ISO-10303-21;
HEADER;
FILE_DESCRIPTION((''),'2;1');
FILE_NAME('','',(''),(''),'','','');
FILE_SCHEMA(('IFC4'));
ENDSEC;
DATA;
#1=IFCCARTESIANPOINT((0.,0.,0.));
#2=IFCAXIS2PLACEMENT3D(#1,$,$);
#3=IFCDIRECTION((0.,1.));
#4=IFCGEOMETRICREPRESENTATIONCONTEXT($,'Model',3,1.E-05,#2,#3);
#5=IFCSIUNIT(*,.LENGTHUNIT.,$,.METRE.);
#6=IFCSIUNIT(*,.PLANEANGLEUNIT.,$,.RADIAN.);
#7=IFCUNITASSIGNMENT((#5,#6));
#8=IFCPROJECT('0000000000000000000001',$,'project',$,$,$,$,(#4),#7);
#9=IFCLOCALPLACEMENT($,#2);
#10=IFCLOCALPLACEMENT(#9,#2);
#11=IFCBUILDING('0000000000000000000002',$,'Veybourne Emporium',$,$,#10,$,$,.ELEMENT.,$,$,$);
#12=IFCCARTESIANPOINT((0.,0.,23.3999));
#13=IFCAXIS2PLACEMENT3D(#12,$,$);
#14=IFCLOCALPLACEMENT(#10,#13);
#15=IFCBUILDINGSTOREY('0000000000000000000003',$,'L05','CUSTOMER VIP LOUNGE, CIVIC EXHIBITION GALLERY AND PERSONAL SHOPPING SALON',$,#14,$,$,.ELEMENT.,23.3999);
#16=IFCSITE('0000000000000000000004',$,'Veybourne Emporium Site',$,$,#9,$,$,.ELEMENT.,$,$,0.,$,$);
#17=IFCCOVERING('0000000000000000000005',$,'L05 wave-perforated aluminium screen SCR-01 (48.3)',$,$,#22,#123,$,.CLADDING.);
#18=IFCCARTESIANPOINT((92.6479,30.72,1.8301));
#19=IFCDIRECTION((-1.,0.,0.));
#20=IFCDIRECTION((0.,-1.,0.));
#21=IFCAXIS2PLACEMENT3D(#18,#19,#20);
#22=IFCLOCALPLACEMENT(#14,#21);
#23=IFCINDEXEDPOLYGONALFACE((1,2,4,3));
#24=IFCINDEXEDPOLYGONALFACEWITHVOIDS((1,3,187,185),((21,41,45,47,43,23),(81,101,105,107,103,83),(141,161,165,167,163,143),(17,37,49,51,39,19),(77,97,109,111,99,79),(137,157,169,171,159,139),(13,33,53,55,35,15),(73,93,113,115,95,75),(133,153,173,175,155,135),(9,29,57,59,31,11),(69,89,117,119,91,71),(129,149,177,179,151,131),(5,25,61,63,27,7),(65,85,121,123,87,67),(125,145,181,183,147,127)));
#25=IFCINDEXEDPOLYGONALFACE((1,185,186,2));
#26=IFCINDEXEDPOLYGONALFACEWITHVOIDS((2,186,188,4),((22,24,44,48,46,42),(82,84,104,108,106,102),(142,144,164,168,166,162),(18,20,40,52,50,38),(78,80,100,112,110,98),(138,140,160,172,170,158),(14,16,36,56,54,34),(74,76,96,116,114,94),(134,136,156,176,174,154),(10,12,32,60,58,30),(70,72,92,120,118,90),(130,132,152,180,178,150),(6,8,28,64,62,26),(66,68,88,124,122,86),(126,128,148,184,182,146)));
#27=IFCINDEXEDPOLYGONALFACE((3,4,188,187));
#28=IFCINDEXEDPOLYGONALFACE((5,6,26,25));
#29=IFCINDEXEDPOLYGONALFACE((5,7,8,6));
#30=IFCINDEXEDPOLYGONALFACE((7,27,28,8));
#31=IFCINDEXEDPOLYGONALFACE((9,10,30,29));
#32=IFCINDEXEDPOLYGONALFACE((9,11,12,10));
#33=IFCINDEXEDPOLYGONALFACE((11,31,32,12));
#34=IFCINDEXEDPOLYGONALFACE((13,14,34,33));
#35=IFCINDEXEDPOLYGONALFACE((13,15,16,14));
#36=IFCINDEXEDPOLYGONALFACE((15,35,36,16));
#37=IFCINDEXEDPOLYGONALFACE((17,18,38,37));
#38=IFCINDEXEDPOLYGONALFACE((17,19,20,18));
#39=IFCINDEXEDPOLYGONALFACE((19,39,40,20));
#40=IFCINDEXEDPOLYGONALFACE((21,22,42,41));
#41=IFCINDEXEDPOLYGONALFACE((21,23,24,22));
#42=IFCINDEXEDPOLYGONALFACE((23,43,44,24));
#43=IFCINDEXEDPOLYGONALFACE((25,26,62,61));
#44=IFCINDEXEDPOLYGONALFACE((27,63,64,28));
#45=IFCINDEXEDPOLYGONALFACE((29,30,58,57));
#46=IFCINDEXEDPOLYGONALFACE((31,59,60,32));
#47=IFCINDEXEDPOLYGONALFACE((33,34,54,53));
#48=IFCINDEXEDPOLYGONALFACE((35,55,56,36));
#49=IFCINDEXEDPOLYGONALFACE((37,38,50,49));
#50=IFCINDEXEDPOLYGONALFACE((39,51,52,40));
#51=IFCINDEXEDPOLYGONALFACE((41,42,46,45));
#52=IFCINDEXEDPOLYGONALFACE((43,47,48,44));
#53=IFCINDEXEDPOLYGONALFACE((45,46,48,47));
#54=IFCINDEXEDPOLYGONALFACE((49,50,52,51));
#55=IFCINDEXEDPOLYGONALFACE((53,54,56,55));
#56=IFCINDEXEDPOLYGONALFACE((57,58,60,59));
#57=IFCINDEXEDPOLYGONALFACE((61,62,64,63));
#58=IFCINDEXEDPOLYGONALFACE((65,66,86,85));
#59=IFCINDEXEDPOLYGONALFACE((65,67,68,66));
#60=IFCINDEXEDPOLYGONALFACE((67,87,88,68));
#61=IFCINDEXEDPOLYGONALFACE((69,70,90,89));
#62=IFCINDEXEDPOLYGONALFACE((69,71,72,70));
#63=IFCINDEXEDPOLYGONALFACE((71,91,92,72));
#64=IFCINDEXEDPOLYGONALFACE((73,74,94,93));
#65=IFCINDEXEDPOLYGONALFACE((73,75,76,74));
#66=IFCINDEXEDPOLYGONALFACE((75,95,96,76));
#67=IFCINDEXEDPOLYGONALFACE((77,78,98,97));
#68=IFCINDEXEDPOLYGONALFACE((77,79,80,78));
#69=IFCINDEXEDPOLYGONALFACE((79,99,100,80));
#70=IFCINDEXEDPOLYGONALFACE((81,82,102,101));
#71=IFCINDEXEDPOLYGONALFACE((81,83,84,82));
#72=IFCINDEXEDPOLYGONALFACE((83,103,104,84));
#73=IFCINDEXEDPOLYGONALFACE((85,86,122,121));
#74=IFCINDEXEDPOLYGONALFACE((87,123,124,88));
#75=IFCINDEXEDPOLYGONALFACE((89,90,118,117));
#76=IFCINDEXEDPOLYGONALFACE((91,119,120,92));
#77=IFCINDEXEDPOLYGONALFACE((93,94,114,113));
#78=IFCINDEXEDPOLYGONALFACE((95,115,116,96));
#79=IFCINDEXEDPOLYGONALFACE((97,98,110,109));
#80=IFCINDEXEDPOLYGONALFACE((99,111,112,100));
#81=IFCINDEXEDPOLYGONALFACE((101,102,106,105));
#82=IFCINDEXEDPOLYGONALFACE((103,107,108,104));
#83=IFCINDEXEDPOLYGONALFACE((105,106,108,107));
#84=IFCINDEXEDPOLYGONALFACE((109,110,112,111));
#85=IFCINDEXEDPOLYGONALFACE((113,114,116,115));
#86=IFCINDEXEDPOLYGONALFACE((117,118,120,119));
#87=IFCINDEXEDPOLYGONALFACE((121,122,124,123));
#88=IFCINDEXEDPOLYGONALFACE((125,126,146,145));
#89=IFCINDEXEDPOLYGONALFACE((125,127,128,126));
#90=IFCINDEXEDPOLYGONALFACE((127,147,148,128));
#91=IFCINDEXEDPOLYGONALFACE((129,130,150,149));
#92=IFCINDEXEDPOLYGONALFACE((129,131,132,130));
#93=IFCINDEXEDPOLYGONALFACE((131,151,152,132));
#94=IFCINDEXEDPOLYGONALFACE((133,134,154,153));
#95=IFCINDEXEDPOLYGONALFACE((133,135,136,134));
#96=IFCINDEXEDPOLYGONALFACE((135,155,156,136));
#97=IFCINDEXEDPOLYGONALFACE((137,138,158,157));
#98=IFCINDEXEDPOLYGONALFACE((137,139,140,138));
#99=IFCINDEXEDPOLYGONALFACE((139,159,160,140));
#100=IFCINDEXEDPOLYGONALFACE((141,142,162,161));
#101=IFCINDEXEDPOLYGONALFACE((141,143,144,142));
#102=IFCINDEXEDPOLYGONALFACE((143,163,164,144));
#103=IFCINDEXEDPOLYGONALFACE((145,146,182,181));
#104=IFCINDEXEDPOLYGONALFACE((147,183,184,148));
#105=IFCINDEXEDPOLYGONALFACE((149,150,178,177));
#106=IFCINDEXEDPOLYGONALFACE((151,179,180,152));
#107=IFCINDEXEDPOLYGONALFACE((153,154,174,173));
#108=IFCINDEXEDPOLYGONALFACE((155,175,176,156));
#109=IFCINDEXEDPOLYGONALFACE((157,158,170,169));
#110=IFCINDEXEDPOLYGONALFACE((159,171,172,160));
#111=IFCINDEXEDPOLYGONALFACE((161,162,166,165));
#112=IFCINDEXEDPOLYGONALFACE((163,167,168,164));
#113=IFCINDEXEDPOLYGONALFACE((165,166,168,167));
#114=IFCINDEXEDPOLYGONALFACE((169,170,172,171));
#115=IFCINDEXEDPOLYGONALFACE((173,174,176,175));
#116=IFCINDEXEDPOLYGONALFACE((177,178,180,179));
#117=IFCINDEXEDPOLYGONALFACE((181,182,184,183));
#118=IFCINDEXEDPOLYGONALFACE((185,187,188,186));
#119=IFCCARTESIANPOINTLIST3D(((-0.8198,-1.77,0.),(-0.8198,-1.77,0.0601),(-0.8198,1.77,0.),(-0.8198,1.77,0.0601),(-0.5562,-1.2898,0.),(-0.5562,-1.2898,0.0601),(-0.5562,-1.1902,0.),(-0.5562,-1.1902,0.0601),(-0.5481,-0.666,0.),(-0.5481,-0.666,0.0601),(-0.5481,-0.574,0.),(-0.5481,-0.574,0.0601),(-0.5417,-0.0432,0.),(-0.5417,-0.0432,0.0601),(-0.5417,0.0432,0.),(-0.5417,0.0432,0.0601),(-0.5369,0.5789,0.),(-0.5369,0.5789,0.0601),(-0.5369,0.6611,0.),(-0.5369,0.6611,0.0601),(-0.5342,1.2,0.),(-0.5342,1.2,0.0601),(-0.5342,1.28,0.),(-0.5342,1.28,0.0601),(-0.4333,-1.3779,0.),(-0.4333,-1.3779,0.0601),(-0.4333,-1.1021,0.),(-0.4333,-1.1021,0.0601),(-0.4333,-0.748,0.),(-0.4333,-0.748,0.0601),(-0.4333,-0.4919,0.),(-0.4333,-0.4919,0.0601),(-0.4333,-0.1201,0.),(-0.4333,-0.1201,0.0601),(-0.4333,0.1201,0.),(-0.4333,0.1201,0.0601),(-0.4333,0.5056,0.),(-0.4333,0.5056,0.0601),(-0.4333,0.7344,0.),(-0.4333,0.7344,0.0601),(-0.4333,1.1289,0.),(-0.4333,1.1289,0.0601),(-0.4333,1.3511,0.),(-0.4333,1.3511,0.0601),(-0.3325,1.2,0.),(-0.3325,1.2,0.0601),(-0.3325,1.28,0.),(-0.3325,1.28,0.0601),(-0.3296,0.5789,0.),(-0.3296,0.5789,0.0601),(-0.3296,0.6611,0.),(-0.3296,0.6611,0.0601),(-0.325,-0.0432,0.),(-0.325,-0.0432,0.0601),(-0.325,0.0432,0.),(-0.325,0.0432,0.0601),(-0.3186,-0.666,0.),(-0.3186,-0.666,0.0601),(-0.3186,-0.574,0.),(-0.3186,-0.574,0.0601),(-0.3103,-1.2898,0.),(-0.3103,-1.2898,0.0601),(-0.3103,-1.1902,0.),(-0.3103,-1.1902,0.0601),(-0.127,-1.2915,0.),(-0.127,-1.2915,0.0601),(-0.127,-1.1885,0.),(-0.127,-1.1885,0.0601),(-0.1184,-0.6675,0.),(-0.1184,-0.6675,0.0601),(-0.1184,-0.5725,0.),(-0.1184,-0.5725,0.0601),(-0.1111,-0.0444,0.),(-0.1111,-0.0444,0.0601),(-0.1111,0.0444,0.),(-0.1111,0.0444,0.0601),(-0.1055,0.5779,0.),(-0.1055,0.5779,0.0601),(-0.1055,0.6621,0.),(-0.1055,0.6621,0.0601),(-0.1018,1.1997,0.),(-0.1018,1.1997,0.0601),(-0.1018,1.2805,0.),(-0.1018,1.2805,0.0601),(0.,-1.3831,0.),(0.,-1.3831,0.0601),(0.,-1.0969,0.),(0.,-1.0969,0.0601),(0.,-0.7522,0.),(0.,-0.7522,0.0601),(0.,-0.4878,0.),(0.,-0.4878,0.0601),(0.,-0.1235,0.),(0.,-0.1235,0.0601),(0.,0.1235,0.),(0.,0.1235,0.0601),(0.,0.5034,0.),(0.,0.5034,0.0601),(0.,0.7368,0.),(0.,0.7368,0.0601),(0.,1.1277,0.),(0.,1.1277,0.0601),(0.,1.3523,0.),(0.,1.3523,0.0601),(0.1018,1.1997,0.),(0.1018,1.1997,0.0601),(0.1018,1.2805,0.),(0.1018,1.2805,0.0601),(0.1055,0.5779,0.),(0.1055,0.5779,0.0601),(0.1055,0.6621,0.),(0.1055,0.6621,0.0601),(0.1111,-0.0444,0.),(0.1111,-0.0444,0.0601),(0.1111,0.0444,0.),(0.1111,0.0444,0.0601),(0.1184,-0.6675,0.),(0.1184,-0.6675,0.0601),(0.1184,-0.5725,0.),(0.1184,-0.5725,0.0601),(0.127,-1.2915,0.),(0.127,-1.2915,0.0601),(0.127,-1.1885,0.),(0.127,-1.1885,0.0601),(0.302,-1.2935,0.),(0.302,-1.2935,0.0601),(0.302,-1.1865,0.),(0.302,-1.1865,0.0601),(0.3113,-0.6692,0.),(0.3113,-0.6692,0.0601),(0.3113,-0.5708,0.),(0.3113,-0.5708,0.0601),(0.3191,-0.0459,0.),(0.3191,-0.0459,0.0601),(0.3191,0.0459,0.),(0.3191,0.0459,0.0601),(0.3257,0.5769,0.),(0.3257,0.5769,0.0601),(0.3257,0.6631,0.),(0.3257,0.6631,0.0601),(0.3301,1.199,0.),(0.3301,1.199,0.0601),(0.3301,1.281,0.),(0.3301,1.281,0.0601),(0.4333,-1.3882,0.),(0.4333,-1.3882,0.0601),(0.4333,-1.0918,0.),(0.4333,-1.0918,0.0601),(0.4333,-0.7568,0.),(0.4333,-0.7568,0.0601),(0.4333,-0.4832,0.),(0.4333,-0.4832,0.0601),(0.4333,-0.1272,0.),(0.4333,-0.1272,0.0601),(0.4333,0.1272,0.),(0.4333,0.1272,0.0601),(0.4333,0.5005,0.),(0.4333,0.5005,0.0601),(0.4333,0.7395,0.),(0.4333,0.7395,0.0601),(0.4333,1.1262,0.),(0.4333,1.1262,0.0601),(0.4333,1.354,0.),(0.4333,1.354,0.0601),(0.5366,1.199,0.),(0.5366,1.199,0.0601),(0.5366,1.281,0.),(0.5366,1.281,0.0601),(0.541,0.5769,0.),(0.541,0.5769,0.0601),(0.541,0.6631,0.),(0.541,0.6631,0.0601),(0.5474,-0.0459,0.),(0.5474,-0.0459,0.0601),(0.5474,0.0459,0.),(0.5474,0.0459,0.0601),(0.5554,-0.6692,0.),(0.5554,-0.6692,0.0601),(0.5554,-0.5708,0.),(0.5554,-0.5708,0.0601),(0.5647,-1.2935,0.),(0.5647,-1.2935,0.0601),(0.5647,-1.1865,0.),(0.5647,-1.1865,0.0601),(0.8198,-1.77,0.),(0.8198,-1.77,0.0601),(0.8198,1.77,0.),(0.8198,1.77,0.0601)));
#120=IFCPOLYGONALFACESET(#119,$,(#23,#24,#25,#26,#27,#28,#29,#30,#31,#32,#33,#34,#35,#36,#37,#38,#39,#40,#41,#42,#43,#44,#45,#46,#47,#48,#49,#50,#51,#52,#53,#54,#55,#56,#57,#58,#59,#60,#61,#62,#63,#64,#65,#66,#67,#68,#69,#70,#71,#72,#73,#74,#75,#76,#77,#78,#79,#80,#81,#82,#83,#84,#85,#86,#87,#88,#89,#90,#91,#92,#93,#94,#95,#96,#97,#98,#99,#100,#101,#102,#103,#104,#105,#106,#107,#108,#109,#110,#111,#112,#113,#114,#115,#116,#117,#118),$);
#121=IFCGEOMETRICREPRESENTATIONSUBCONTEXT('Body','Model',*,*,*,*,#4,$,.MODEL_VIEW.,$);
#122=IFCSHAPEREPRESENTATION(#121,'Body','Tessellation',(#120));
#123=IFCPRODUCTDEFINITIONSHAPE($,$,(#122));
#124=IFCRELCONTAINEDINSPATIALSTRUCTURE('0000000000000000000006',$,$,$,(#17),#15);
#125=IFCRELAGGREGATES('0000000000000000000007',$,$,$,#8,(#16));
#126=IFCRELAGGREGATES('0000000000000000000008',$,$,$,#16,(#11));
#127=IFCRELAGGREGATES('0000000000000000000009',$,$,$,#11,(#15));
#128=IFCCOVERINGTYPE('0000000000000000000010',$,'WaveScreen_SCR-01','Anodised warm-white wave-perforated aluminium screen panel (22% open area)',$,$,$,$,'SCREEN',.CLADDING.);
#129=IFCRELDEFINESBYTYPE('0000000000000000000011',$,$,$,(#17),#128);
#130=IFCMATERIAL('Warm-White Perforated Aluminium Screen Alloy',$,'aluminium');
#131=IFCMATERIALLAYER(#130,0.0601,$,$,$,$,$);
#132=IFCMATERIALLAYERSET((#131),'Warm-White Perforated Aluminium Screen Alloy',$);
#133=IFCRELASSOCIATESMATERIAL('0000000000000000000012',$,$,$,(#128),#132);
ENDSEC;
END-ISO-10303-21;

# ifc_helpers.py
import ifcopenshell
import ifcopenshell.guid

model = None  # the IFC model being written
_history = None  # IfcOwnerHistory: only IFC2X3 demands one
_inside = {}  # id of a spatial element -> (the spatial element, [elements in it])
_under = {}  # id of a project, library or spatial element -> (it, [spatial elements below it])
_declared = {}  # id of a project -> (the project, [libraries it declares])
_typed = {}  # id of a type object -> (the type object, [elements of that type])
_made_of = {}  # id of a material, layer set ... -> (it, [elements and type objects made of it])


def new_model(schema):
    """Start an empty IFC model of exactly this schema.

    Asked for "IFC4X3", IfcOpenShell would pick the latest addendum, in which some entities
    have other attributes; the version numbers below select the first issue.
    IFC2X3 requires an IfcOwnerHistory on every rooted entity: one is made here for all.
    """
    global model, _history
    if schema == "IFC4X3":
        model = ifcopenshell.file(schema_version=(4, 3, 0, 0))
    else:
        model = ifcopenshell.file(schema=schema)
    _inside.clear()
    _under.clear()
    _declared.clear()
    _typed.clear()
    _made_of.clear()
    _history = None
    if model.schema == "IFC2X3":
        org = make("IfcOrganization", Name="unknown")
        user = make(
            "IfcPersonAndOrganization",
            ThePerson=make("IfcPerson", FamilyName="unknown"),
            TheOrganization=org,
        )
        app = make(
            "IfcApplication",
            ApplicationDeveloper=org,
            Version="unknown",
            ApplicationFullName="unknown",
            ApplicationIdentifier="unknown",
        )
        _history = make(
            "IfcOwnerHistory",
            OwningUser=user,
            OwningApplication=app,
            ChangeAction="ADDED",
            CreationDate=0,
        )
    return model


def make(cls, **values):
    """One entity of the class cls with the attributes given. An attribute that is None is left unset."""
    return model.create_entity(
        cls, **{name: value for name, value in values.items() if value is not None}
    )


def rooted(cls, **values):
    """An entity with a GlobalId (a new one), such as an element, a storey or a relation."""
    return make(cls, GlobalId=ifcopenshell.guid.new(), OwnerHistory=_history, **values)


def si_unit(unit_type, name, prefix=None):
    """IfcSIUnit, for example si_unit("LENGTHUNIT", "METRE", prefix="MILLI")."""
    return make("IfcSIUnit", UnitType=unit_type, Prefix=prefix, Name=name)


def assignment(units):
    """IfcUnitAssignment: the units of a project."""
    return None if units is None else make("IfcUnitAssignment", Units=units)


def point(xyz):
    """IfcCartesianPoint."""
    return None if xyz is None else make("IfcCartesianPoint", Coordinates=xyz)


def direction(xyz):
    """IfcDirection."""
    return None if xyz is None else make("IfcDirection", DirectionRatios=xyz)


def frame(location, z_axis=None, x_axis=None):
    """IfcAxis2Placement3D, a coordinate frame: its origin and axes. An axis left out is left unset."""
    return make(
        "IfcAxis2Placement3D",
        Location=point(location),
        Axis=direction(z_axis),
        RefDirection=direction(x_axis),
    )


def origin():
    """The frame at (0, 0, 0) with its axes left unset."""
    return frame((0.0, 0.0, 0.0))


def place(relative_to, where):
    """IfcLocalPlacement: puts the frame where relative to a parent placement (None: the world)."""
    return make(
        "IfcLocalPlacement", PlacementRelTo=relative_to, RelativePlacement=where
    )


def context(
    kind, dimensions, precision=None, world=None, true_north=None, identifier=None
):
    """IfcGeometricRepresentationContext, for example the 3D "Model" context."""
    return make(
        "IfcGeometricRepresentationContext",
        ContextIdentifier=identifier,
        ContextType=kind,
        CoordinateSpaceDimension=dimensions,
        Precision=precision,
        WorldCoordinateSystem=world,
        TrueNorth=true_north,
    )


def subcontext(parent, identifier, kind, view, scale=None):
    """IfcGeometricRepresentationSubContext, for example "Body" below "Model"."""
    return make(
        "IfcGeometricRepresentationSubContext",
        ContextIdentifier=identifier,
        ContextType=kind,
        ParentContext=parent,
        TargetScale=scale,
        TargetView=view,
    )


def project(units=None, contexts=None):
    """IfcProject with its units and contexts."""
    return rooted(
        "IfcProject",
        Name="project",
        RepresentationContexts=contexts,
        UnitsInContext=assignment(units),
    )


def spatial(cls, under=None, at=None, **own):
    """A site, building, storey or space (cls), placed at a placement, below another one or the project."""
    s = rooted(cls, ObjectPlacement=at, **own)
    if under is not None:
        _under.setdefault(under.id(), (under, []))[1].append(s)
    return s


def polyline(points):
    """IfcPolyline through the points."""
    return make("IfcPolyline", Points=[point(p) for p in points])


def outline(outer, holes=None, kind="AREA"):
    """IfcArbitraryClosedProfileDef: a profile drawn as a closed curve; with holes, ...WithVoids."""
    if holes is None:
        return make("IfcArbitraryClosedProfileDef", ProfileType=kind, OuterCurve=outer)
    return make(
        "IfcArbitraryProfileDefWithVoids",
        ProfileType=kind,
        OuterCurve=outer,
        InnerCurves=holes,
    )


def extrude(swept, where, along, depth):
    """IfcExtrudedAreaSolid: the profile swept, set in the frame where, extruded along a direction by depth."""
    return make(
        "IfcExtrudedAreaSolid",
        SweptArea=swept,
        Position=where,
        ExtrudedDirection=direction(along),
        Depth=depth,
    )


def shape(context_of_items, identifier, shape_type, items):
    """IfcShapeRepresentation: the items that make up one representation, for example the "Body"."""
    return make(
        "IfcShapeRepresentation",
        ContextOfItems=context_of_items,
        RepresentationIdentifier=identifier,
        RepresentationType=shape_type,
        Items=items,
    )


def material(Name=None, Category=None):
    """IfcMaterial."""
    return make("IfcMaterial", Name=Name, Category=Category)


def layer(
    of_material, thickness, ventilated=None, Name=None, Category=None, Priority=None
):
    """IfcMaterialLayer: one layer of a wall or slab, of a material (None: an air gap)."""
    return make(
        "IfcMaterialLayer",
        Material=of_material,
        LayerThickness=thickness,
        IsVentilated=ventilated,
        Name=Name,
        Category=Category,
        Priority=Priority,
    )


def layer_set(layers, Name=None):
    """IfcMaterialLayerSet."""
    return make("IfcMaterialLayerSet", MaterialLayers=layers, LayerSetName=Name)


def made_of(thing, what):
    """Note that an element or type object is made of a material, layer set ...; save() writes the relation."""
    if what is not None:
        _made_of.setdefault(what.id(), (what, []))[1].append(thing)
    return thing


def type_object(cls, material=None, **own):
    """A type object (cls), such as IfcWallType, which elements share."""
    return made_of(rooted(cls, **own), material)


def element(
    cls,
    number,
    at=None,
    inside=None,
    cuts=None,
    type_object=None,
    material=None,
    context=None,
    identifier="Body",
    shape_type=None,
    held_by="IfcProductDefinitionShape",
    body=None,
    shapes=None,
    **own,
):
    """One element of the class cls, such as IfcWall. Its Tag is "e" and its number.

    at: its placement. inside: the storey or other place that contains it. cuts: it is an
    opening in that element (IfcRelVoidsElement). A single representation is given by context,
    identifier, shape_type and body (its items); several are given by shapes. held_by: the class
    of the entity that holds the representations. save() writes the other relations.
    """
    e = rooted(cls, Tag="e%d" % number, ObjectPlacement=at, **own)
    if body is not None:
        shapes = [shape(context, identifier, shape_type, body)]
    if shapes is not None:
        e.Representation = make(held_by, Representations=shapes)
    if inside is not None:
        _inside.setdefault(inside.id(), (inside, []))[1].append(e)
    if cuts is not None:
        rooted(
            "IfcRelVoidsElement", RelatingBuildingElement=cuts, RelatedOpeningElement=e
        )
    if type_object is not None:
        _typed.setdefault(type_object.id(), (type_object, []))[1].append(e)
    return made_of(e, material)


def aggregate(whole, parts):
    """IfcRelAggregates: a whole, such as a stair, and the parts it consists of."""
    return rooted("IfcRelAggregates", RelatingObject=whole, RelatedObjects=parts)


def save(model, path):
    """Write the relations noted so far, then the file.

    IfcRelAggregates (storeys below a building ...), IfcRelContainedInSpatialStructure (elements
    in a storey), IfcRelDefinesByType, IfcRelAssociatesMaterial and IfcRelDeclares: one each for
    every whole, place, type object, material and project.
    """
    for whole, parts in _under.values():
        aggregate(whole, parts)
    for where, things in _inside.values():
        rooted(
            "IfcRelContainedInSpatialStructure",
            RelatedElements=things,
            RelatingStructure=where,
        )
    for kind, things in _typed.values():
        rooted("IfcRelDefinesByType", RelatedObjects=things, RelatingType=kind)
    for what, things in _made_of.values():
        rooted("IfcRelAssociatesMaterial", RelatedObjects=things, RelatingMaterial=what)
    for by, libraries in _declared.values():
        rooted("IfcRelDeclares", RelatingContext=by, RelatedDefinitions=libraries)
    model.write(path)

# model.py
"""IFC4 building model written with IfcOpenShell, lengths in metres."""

from ifc_helpers import new_model, si_unit, direction, frame, origin, place, context, subcontext, project, spatial, polyline, outline, extrude, material, layer, layer_set, type_object, element, save


model = new_model("IFC4")

# Units and contexts
model_context = context("Model", 3, precision=1e-05, world=origin(), true_north=direction((0.0, 1.0)))
body_context = subcontext(model_context, "Body", "Model", "MODEL_VIEW")
ifc_project = project(units=[si_unit("LENGTHUNIT", "METRE"), si_unit("PLANEANGLEUNIT", "RADIAN")], contexts=[model_context])

# Site, building, storey
site_placement = place(None, origin())
site = spatial("IfcSite", under=ifc_project, at=site_placement, Name="Veybourne Emporium Site", CompositionType="ELEMENT", RefElevation=0.0)
building_placement = place(site_placement, origin())
building = spatial("IfcBuilding", under=site, at=building_placement, Name="Veybourne Emporium", CompositionType="ELEMENT")
storey_placement = place(building_placement, frame((0.0, 0.0, 23.3999)))
storey = spatial("IfcBuildingStorey", under=building, at=storey_placement, Name="L05", Description="CUSTOMER VIP LOUNGE, CIVIC EXHIBITION GALLERY AND PERSONAL SHOPPING SALON", CompositionType="ELEMENT", Elevation=23.3999)

# Covering
ifc_material_1 = material(Name="Warm-White Perforated Aluminium Screen Alloy", Category="aluminium")
ifc_layer_1 = layer(ifc_material_1, 0.0601)
ifc_layer_set_1 = layer_set([ifc_layer_1], Name="Warm-White Perforated Aluminium Screen Alloy")
covering_type_1 = type_object("IfcCoveringType", Name="WaveScreen_SCR-01", Description="Anodised warm-white wave-perforated aluminium screen panel (22% open area)", ElementType="SCREEN", PredefinedType="CLADDING", material=ifc_layer_set_1)
covering_1_placement = place(storey_placement, frame((92.6479, 30.72, 1.8301), z_axis=(-1.0, 0.0, 0.0), x_axis=(0.0, -1.0, 0.0)))
element("IfcCovering", 1, at=covering_1_placement, inside=storey, type_object=covering_type_1, Name="L05 wave-perforated aluminium screen SCR-01 (48.3)", PredefinedType="CLADDING", context=body_context, shape_type="SweptSolid", body=[
    extrude(outline(polyline([(-0.8198, -1.77), (0.8198, -1.77), (0.8198, 1.77), (-0.8198, 1.77), (-0.8198, -1.77)]), holes=[polyline([(-0.4333, -1.1021), (-0.3103, -1.1902), (-0.3103, -1.2898), (-0.4333, -1.3779), (-0.5562, -1.2898), (-0.5562, -1.1902), (-0.4333, -1.1021)]), polyline([(-0.4333, -0.4919), (-0.3186, -0.574), (-0.3186, -0.666), (-0.4333, -0.748), (-0.5481, -0.666), (-0.5481, -0.574), (-0.4333, -0.4919)]), polyline([(-0.4333, 0.1201), (-0.325, 0.0432), (-0.325, -0.0432), (-0.4333, -0.1201), (-0.5417, -0.0432), (-0.5417, 0.0432), (-0.4333, 0.1201)]), polyline([(-0.4333, 0.7344), (-0.3296, 0.6611), (-0.3296, 0.5789), (-0.4333, 0.5056), (-0.5369, 0.5789), (-0.5369, 0.6611), (-0.4333, 0.7344)]), polyline([(-0.4333, 1.3511), (-0.3325, 1.28), (-0.3325, 1.2), (-0.4333, 1.1289), (-0.5342, 1.2), (-0.5342, 1.28), (-0.4333, 1.3511)]), polyline([(0.0, -1.0969), (0.127, -1.1885), (0.127, -1.2915), (0.0, -1.3831), (-0.127, -1.2915), (-0.127, -1.1885), (0.0, -1.0969)]), polyline([(0.0, -0.4878), (0.1184, -0.5725), (0.1184, -0.6675), (0.0, -0.7522), (-0.1184, -0.6675), (-0.1184, -0.5725), (0.0, -0.4878)]), polyline([(0.0, 0.1235), (0.1111, 0.0444), (0.1111, -0.0444), (0.0, -0.1235), (-0.1111, -0.0444), (-0.1111, 0.0444), (0.0, 0.1235)]), polyline([(0.0, 0.7368), (0.1055, 0.6621), (0.1055, 0.5779), (0.0, 0.5034), (-0.1055, 0.5779), (-0.1055, 0.6621), (0.0, 0.7368)]), polyline([(0.0, 1.3523), (0.1018, 1.2805), (0.1018, 1.1997), (0.0, 1.1277), (-0.1018, 1.1997), (-0.1018, 1.2805), (0.0, 1.3523)]), polyline([(0.4333, -1.0918), (0.5647, -1.1865), (0.5647, -1.2935), (0.4333, -1.3882), (0.302, -1.2935), (0.302, -1.1865), (0.4333, -1.0918)]), polyline([(0.4333, -0.4832), (0.5554, -0.5708), (0.5554, -0.6692), (0.4333, -0.7568), (0.3113, -0.6692), (0.3113, -0.5708), (0.4333, -0.4832)]), polyline([(0.4333, 0.1272), (0.5474, 0.0459), (0.5474, -0.0459), (0.4333, -0.1272), (0.3191, -0.0459), (0.3191, 0.0459), (0.4333, 0.1272)]), polyline([(0.4333, 0.7395), (0.541, 0.6631), (0.541, 0.5769), (0.4333, 0.5005), (0.3257, 0.5769), (0.3257, 0.6631), (0.4333, 0.7395)]), polyline([(0.4333, 1.354), (0.5366, 1.281), (0.5366, 1.199), (0.4333, 1.1262), (0.3301, 1.199), (0.3301, 1.281), (0.4333, 1.354)])]), origin(), (0.0, 0.0, 1.0), 0.0601),
])

save(model, "model.ifc")
